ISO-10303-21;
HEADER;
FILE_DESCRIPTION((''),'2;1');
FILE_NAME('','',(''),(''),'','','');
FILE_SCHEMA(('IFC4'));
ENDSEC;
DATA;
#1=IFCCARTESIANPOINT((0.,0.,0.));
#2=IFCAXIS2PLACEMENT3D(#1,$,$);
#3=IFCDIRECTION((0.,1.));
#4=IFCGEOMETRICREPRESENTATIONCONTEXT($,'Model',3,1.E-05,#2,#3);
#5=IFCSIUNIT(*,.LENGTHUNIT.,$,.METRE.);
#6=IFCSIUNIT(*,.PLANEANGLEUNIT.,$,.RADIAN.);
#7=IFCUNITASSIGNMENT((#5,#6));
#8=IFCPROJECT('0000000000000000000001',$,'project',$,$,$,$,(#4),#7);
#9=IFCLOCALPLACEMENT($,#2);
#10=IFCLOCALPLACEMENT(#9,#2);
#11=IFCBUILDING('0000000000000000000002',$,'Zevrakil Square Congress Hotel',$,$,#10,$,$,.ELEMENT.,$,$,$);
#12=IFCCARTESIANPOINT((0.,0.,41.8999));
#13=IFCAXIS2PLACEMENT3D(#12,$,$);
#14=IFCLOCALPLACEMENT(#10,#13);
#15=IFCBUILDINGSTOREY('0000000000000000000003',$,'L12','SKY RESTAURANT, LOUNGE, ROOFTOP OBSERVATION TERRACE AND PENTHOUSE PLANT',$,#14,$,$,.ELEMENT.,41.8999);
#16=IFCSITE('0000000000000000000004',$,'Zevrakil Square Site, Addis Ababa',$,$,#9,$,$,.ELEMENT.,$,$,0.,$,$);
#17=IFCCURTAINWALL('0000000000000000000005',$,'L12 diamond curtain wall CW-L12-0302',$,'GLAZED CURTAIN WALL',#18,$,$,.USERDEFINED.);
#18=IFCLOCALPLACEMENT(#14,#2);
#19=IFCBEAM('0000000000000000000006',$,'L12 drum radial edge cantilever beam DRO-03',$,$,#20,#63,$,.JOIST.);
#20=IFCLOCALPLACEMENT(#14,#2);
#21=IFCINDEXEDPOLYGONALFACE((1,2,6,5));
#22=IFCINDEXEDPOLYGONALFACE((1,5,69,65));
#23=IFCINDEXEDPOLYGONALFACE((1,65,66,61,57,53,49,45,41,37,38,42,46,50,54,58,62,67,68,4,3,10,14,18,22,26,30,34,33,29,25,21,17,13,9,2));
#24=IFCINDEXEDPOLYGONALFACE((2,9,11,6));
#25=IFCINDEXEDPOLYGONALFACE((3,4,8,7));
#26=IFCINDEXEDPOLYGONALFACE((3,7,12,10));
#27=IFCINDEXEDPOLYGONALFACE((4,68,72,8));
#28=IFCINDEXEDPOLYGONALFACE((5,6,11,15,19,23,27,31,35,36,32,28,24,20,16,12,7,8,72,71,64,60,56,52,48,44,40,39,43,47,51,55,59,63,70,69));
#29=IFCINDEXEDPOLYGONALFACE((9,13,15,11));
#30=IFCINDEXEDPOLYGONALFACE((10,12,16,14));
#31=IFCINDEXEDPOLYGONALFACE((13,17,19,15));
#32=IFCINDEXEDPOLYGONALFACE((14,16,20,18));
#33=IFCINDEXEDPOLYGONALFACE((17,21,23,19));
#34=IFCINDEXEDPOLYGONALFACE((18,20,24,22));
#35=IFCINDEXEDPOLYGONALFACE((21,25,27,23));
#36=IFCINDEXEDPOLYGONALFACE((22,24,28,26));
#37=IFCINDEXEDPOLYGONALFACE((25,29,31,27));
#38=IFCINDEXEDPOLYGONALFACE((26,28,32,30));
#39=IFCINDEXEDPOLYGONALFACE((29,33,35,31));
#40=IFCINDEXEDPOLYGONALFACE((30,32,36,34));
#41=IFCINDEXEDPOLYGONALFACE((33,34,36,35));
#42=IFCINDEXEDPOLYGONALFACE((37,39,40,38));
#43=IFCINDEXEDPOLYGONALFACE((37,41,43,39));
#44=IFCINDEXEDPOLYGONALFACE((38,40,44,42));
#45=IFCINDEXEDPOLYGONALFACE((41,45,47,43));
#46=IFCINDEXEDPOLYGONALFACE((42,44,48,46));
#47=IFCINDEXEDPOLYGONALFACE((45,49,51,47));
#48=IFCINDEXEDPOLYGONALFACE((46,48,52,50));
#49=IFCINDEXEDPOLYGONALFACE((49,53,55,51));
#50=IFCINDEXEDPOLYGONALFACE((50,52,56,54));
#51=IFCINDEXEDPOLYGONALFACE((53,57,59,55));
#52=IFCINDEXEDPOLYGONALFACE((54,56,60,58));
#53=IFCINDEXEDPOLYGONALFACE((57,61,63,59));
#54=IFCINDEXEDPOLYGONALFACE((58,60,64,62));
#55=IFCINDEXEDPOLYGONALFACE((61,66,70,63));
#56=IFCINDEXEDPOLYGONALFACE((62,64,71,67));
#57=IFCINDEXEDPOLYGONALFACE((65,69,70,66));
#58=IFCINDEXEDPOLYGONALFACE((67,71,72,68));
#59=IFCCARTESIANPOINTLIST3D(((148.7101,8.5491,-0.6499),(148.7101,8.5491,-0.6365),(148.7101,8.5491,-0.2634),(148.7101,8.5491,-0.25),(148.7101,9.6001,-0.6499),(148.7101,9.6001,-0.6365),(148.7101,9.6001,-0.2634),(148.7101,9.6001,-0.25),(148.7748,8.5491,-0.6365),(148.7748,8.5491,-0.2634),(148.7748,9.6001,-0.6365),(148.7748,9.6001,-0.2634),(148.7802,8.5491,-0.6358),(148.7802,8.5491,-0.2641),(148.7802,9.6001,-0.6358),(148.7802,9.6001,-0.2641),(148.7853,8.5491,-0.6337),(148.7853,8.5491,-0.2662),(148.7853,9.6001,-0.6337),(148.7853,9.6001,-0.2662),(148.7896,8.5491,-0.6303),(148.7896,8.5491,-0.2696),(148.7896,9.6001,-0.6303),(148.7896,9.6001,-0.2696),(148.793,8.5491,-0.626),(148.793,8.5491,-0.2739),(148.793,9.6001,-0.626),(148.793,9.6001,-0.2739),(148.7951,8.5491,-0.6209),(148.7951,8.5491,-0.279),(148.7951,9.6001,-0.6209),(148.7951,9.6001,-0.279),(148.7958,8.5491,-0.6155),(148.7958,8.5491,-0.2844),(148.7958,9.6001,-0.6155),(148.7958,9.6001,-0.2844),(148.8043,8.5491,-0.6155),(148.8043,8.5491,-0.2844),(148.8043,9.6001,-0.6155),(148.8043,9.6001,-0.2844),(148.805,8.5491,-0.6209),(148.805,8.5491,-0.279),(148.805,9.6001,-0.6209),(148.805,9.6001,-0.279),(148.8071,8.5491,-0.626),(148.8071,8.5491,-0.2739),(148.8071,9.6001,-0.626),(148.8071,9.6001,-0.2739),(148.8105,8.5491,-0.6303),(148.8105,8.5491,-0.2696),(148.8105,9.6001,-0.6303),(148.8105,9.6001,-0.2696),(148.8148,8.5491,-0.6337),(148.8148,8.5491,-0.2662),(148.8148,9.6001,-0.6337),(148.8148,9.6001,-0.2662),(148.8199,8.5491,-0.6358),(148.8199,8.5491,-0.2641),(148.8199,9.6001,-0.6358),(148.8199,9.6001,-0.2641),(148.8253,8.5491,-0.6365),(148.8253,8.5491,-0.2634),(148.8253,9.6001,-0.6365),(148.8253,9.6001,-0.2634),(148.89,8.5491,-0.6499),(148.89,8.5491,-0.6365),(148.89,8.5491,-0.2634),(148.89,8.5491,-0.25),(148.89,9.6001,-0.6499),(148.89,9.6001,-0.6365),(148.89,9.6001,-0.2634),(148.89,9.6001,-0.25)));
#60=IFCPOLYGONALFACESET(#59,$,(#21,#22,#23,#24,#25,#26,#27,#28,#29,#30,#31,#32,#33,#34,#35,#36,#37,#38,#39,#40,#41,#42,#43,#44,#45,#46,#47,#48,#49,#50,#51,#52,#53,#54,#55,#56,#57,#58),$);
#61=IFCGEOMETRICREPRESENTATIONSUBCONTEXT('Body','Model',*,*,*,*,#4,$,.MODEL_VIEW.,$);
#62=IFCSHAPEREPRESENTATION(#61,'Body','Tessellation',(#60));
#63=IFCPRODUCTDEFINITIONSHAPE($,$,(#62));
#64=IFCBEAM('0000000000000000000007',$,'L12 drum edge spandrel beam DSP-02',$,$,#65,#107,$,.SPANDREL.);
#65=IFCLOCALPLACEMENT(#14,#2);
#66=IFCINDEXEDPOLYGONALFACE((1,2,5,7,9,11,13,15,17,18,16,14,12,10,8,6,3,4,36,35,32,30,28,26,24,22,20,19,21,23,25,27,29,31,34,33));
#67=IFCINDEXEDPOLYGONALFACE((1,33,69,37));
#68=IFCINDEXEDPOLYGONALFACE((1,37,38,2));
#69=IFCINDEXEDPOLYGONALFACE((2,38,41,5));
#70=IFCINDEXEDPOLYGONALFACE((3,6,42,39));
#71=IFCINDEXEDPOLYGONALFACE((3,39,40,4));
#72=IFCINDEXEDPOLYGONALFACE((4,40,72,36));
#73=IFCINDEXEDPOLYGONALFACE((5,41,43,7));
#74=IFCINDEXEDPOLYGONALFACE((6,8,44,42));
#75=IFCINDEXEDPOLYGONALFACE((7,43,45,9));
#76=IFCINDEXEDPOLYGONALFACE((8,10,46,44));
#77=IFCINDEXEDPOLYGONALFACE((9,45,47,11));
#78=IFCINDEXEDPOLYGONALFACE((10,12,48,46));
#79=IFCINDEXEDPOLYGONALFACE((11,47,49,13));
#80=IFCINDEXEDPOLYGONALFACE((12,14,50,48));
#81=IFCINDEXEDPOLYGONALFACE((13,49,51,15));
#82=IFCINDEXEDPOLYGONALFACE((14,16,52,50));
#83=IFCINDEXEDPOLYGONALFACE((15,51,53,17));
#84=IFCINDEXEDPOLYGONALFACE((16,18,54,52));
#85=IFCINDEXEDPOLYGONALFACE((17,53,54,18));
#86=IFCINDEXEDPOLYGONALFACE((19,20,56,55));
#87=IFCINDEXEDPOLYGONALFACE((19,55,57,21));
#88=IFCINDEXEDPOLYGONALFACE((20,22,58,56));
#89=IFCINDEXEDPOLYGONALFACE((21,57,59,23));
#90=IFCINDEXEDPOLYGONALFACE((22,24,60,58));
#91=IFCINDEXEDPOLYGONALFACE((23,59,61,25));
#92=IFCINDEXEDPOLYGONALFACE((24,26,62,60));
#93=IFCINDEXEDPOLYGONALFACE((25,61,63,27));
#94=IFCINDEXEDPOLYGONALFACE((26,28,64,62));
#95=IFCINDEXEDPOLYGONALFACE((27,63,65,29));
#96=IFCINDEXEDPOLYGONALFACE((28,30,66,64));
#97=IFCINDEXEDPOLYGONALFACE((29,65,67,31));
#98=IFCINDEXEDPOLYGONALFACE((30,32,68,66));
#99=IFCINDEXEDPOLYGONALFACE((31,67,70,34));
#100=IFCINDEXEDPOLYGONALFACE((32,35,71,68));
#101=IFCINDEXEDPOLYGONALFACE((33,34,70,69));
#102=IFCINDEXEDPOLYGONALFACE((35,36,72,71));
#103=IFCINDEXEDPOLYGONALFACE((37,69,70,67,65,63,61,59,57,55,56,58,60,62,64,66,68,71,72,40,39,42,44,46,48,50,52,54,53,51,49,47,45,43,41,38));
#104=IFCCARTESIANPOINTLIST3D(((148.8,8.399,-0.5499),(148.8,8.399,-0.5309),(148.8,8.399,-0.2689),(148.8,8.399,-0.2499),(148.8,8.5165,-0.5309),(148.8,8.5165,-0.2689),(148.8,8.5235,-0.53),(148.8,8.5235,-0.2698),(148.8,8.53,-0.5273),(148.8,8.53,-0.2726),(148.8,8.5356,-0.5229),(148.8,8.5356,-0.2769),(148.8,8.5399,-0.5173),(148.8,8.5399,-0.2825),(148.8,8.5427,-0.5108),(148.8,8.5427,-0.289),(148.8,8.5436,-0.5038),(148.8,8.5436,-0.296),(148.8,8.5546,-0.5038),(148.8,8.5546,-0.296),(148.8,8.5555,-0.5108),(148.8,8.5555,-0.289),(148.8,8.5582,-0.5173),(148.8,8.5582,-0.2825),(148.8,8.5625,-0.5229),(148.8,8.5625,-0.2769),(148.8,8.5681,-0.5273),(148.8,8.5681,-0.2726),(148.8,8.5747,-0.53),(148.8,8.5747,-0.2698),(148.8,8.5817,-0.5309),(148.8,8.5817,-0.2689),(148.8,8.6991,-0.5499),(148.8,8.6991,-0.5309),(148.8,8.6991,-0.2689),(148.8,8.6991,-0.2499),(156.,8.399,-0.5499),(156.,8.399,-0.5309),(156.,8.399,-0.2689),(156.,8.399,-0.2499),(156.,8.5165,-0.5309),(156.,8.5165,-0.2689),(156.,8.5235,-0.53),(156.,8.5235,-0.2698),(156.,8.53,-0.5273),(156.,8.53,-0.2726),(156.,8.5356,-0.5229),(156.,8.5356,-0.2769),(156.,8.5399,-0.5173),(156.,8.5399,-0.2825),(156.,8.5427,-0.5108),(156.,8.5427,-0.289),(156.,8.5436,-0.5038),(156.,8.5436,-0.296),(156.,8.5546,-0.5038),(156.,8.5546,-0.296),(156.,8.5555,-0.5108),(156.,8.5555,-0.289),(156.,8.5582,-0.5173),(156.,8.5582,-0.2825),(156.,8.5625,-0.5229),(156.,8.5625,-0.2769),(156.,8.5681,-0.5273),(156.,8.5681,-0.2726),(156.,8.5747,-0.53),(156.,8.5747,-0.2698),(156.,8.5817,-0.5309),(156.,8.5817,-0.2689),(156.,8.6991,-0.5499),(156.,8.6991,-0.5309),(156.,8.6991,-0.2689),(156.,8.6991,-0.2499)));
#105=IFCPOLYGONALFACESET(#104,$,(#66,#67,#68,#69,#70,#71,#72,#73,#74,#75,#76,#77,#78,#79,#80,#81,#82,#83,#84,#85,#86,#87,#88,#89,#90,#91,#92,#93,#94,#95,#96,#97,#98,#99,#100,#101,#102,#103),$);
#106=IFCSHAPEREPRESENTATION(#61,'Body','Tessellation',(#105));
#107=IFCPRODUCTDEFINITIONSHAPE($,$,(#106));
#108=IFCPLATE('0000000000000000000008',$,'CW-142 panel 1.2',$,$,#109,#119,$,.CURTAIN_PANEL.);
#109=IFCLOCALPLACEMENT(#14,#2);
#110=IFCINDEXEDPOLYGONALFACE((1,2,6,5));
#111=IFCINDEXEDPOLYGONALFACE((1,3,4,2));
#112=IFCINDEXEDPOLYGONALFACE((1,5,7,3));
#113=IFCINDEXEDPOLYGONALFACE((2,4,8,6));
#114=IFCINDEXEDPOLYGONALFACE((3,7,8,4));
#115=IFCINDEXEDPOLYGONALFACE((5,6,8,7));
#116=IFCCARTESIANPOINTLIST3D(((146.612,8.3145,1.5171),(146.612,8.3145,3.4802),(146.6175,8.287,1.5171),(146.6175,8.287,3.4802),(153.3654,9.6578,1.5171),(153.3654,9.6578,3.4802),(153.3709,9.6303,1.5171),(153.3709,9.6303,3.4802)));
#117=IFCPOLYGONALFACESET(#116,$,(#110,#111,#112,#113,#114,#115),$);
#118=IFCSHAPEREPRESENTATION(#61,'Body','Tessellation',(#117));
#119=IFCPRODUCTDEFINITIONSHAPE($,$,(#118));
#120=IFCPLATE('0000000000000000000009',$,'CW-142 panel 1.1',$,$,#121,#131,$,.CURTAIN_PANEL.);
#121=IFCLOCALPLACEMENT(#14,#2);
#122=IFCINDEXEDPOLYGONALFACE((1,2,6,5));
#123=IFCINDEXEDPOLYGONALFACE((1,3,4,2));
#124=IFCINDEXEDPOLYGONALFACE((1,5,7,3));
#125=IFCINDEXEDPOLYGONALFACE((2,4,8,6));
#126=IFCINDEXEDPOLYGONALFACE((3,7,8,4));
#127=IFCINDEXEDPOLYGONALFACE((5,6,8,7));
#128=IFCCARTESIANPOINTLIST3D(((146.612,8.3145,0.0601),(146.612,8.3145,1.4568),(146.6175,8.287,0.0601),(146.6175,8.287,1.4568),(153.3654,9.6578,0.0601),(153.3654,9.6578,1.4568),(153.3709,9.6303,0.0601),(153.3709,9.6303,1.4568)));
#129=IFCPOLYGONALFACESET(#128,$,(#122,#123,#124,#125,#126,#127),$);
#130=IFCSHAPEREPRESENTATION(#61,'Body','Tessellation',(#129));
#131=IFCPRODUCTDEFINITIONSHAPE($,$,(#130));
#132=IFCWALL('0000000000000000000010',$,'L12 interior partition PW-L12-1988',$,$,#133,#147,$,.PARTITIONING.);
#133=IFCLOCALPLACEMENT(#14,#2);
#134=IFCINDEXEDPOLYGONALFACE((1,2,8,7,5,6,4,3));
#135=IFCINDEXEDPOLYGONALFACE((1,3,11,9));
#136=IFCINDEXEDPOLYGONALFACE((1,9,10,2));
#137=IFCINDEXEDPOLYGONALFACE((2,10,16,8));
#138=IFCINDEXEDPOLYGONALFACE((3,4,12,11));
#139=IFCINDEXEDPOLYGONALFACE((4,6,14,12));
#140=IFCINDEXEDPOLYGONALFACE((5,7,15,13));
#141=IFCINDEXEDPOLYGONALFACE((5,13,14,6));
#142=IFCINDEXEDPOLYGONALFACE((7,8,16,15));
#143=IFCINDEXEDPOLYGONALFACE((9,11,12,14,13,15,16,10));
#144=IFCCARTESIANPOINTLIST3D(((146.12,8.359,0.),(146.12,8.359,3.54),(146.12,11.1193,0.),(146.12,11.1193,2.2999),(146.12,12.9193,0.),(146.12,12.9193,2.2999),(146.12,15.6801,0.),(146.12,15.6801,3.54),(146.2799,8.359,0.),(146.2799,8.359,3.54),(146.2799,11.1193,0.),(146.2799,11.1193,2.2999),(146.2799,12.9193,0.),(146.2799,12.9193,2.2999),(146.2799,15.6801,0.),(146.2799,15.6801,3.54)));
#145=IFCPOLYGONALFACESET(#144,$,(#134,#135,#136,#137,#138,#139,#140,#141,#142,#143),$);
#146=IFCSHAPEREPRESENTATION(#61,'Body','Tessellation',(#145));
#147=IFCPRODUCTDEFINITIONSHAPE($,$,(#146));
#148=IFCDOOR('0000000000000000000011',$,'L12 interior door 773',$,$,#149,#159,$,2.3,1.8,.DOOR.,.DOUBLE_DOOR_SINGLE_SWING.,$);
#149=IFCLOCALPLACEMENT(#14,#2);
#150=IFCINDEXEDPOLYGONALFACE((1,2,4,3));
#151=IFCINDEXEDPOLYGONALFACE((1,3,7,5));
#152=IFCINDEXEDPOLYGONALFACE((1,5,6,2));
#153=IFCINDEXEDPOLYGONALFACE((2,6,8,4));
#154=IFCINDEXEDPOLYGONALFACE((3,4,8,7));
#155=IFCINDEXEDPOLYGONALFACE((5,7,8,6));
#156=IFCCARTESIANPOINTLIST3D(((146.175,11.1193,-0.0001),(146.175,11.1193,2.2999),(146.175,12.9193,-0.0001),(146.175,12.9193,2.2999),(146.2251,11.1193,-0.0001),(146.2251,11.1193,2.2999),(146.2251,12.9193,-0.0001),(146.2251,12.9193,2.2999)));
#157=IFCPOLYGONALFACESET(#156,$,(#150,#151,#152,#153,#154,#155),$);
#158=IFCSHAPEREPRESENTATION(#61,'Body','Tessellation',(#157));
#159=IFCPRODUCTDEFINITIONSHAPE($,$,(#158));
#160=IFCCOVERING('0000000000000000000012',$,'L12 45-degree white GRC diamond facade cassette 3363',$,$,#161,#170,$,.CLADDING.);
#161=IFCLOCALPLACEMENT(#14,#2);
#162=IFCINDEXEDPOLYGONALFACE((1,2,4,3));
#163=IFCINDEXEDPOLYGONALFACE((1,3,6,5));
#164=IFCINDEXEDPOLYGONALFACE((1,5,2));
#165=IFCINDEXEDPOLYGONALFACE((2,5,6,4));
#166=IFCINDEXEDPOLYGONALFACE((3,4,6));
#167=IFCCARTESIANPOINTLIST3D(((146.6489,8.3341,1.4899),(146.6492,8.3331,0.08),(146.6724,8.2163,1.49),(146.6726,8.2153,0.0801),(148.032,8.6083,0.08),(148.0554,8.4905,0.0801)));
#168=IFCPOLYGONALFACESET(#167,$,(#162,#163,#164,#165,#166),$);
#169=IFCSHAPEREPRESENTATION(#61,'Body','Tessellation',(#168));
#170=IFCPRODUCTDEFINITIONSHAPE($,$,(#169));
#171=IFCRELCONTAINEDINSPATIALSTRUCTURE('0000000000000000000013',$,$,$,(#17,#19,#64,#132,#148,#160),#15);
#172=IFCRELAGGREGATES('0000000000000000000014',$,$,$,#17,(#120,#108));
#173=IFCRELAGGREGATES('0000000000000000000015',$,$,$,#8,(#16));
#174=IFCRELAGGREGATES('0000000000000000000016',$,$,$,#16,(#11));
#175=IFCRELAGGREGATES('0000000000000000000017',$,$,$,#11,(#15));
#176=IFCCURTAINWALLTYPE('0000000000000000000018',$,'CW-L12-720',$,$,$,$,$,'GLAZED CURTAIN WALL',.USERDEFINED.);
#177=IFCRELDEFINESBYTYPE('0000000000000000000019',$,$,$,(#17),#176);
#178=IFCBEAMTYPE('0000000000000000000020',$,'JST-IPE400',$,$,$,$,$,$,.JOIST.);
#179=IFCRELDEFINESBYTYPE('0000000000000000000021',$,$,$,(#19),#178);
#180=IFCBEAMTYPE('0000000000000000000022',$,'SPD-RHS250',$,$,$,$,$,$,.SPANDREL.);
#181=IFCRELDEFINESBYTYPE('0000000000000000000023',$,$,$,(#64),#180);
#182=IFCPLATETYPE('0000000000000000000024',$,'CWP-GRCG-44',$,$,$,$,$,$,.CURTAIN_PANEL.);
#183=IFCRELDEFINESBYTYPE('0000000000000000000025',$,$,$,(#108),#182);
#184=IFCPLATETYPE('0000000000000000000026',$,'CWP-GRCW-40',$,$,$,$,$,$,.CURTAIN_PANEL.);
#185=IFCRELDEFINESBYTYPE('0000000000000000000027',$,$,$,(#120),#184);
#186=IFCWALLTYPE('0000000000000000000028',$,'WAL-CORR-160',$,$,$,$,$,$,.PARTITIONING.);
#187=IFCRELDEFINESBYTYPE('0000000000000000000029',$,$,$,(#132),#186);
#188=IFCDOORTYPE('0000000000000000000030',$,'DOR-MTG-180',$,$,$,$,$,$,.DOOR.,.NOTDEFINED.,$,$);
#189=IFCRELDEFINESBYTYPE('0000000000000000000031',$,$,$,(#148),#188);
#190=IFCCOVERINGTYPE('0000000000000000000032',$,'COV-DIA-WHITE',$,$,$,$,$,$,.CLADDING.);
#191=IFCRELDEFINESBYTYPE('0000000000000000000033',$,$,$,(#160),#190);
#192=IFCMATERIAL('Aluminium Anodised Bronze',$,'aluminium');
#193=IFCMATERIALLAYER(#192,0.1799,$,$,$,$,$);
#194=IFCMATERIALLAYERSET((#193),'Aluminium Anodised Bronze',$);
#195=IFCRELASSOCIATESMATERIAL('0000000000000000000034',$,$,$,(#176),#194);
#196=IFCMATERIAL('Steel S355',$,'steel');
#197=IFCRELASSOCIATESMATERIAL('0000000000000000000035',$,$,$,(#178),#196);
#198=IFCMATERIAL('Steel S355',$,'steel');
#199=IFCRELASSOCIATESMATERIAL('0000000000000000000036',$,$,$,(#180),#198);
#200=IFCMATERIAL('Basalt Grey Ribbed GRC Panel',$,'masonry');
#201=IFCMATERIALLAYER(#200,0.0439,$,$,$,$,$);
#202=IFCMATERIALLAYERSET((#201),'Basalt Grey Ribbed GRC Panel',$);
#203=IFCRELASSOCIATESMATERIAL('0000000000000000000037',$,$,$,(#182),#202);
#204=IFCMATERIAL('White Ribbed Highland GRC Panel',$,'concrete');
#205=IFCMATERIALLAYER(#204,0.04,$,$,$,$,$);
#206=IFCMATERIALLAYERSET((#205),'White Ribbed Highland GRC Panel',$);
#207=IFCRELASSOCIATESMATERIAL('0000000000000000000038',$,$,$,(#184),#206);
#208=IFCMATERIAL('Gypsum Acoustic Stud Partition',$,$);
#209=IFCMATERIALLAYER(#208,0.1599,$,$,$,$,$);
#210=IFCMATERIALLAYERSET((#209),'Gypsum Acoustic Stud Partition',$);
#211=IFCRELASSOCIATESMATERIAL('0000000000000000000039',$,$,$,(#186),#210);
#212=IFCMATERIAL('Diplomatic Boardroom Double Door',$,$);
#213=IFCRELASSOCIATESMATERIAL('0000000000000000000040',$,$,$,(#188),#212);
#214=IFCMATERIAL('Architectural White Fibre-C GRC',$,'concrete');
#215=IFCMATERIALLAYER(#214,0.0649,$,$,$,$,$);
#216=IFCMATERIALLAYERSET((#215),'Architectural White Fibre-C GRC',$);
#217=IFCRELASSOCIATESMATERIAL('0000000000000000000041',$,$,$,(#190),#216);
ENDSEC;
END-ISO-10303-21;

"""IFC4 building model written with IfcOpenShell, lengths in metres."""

from ifc_helpers import new_model, si_unit, direction, frame, frame_2d, origin, origin_2d, place, context, subcontext, project, spatial, polyline, rectangle, i_section, outline, extrude, material, layer, layer_set, material_profile, profile_set, type_object, element, fill, aggregate, save


model = new_model("IFC4")

# Units and contexts
model_context = context("Model", 3, precision=1e-05, world=origin(), true_north=direction((0.0, 1.0)))
body_context = subcontext(model_context, "Body", "Model", "MODEL_VIEW")
ifc_project = project(units=[si_unit("LENGTHUNIT", "METRE"), si_unit("PLANEANGLEUNIT", "RADIAN")], contexts=[model_context])

# Site, building, storey
site_placement = place(None, origin())
site = spatial("IfcSite", under=ifc_project, at=site_placement, Name="Zevrakil Square Site, Addis Ababa", CompositionType="ELEMENT", RefElevation=0.0)
building_placement = place(site_placement, origin())
building = spatial("IfcBuilding", under=site, at=building_placement, Name="Zevrakil Square Congress Hotel", CompositionType="ELEMENT")
storey_placement = place(building_placement, frame((0.0, 0.0, 41.8999)))
storey = spatial("IfcBuildingStorey", under=building, at=storey_placement, Name="L12", Description="SKY RESTAURANT, LOUNGE, ROOFTOP OBSERVATION TERRACE AND PENTHOUSE PLANT", CompositionType="ELEMENT", Elevation=41.8999)

# Curtain wall
ifc_material_1 = material(Name="Aluminium Anodised Bronze", Category="aluminium")
ifc_layer_1 = layer(ifc_material_1, 0.1799)
ifc_layer_set_1 = layer_set([ifc_layer_1], Name="Aluminium Anodised Bronze")
curtain_wall_type_1 = type_object("IfcCurtainWallType", Name="CW-L12-720", ElementType="GLAZED CURTAIN WALL", PredefinedType="USERDEFINED", material=ifc_layer_set_1)
curtain_wall_1_placement = place(storey_placement, origin())
curtain_wall_1 = element("IfcCurtainWall", 1, at=curtain_wall_1_placement, inside=storey, type_object=curtain_wall_type_1, Name="L12 diamond curtain wall CW-L12-0302", ObjectType="GLAZED CURTAIN WALL", PredefinedType="USERDEFINED")

# Beams
ifc_material_2 = material(Name="Steel S355", Category="steel")
ifc_material_profile_1 = material_profile(ifc_material_2, i_section(OverallWidth=0.1799, OverallDepth=0.3999, WebThickness=0.0085, FlangeThickness=0.0134, FilletRadius=0.021, at=origin_2d()), Name="IPE 400")
ifc_profile_set_1 = profile_set([ifc_material_profile_1], Name="Steel S355")
beam_type_1 = type_object("IfcBeamType", Name="JST-IPE400", PredefinedType="JOIST", material=ifc_profile_set_1)
beam_1_placement = place(storey_placement, frame((148.8, 9.6001, -0.45), z_axis=(0.0, -1.0, 0.0), x_axis=(1.0, 0.0, 0.0)))
element("IfcBeam", 2, at=beam_1_placement, inside=storey, type_object=beam_type_1, Name="L12 drum radial edge cantilever beam DRO-03", PredefinedType="JOIST", context=body_context, shape_type="SweptSolid", body=[
    extrude(i_section(OverallWidth=0.1799, OverallDepth=0.3999, WebThickness=0.0085, FlangeThickness=0.0134, FilletRadius=0.021, at=origin_2d()), origin(), (0.0, 0.0, 1.0), 1.051),
])
ifc_material_3 = material(Name="Steel S355", Category="steel")
ifc_material_profile_2 = material_profile(ifc_material_3, i_section(OverallWidth=0.3, OverallDepth=0.3, WebThickness=0.011, FlangeThickness=0.019, FilletRadius=0.0271, at=origin_2d()), Name="HEB 300")
ifc_profile_set_2 = profile_set([ifc_material_profile_2], Name="Steel S355")
beam_type_2 = type_object("IfcBeamType", Name="SPD-RHS250", PredefinedType="SPANDREL", material=ifc_profile_set_2)
beam_2_placement = place(storey_placement, frame((148.8, 8.5491, -0.3999), z_axis=(1.0, 0.0, 0.0), x_axis=(0.0, 1.0, 0.0)))
element("IfcBeam", 3, at=beam_2_placement, inside=storey, type_object=beam_type_2, Name="L12 drum edge spandrel beam DSP-02", PredefinedType="SPANDREL", context=body_context, shape_type="SweptSolid", body=[
    extrude(i_section(OverallWidth=0.3, OverallDepth=0.3, WebThickness=0.011, FlangeThickness=0.019, FilletRadius=0.0271, at=origin_2d()), origin(), (0.0, 0.0, 1.0), 7.2),
])

# Plates
ifc_material_4 = material(Name="Basalt Grey Ribbed GRC Panel", Category="masonry")
ifc_layer_2 = layer(ifc_material_4, 0.0439)
ifc_layer_set_2 = layer_set([ifc_layer_2], Name="Basalt Grey Ribbed GRC Panel")
plate_type_1 = type_object("IfcPlateType", Name="CWP-GRCG-44", PredefinedType="CURTAIN_PANEL", material=ifc_layer_set_2)
plate_1_placement = place(storey_placement, frame((149.9915, 8.9724, 1.5171), z_axis=(0.0, 0.0, 1.0), x_axis=(0.980787, 0.195084, 0.0)))
plate_1 = element("IfcPlate", 4, at=plate_1_placement, type_object=plate_type_1, Name="CW-142 panel 1.2", PredefinedType="CURTAIN_PANEL", context=body_context, shape_type="SweptSolid", body=[
    extrude(rectangle(XDim=6.8857, YDim=0.0281, at=origin_2d()), origin(), (0.0, 0.0, 1.0), 1.9631),
])
ifc_material_5 = material(Name="White Ribbed Highland GRC Panel", Category="concrete")
ifc_layer_3 = layer(ifc_material_5, 0.04)
ifc_layer_set_3 = layer_set([ifc_layer_3], Name="White Ribbed Highland GRC Panel")
plate_type_2 = type_object("IfcPlateType", Name="CWP-GRCW-40", PredefinedType="CURTAIN_PANEL", material=ifc_layer_set_3)
plate_2_placement = place(storey_placement, frame((149.9915, 8.9724, 0.0601), z_axis=(0.0, 0.0, 1.0), x_axis=(0.980787, 0.195084, 0.0)))
plate_2 = element("IfcPlate", 5, at=plate_2_placement, type_object=plate_type_2, Name="CW-142 panel 1.1", PredefinedType="CURTAIN_PANEL", context=body_context, shape_type="SweptSolid", body=[
    extrude(rectangle(XDim=6.8857, YDim=0.0281, at=origin_2d()), origin(), (0.0, 0.0, 1.0), 1.3967),
])
aggregate(curtain_wall_1, [plate_2, plate_1])

# Wall, opening, door
ifc_material_6 = material(Name="Gypsum Acoustic Stud Partition")
ifc_layer_4 = layer(ifc_material_6, 0.1599)
ifc_layer_set_4 = layer_set([ifc_layer_4], Name="Gypsum Acoustic Stud Partition")
wall_type = type_object("IfcWallType", Name="WAL-CORR-160", PredefinedType="PARTITIONING", material=ifc_layer_set_4)
wall_placement = place(storey_placement, frame((146.2, 8.3589, 0.0), z_axis=(0.0, 0.0, 1.0), x_axis=(0.0, 1.0, 0.0)))
wall = element("IfcWall", 6, at=wall_placement, inside=storey, type_object=wall_type, Name="L12 interior partition PW-L12-1988", PredefinedType="PARTITIONING", context=body_context, shape_type="SweptSolid", body=[
    extrude(rectangle(XDim=7.321, YDim=0.1599, at=frame_2d((3.6606, 0.0))), origin(), (0.0, 0.0, 1.0), 3.54),
])
opening_placement = place(wall_placement, frame((2.7605, 0.0, 0.0)))
opening = element("IfcOpeningElement", 7, at=opening_placement, cuts=wall, PredefinedType="OPENING", context=body_context, shape_type="SweptSolid", body=[
    extrude(rectangle(XDim=1.8, YDim=2.3, at=frame_2d((0.8999, 1.1499))), frame((0.0, 0.0898, 0.0), z_axis=(0.0, -1.0, 0.0), x_axis=(1.0, 0.0, 0.0)), (0.0, 0.0, 1.0), 0.1799),
])
ifc_material_7 = material(Name="Diplomatic Boardroom Double Door")
door_type = type_object("IfcDoorType", Name="DOR-MTG-180", OperationType="NOTDEFINED", PredefinedType="DOOR", material=ifc_material_7)
door_placement = place(opening_placement, origin())
door = element("IfcDoor", 8, at=door_placement, inside=storey, type_object=door_type, Name="L12 interior door 773", OperationType="DOUBLE_DOOR_SINGLE_SWING", OverallHeight=2.3, OverallWidth=1.8, PredefinedType="DOOR", context=body_context, shape_type="SweptSolid", body=[
    extrude(rectangle(XDim=1.8, YDim=2.3, at=frame_2d((0.8999, 1.1499))), frame((0.0, 0.0249, 0.0), z_axis=(0.0, -1.0, 0.0), x_axis=(1.0, 0.0, 0.0)), (0.0, 0.0, 1.0), 0.05),
])
fill(opening, door)

# Covering
ifc_material_8 = material(Name="Architectural White Fibre-C GRC", Category="concrete")
ifc_layer_5 = layer(ifc_material_8, 0.0649)
ifc_layer_set_5 = layer_set([ifc_layer_5], Name="Architectural White Fibre-C GRC")
covering_type_1 = type_object("IfcCoveringType", Name="COV-DIA-WHITE", PredefinedType="CLADDING", material=ifc_layer_set_5)
covering_1_placement = place(storey_placement, frame((148.0554, 8.4905, 0.0801), z_axis=(0.19515, -0.980773, 0.000713), x_axis=(-0.980773, -0.19515, 0.0)))
element("IfcCovering", 9, at=covering_1_placement, inside=storey, type_object=covering_type_1, Name="L12 45-degree white GRC diamond facade cassette 3363", PredefinedType="CLADDING", context=body_context, shape_type="SweptSolid", body=[
    extrude(outline(polyline([(0.0, 0.0), (1.4099, 0.0), (1.41, -1.4099), (0.0, 0.0)])), origin(), (0.0, 0.0, -1.0), 0.1201),
])

save(model, "model.ifc")
